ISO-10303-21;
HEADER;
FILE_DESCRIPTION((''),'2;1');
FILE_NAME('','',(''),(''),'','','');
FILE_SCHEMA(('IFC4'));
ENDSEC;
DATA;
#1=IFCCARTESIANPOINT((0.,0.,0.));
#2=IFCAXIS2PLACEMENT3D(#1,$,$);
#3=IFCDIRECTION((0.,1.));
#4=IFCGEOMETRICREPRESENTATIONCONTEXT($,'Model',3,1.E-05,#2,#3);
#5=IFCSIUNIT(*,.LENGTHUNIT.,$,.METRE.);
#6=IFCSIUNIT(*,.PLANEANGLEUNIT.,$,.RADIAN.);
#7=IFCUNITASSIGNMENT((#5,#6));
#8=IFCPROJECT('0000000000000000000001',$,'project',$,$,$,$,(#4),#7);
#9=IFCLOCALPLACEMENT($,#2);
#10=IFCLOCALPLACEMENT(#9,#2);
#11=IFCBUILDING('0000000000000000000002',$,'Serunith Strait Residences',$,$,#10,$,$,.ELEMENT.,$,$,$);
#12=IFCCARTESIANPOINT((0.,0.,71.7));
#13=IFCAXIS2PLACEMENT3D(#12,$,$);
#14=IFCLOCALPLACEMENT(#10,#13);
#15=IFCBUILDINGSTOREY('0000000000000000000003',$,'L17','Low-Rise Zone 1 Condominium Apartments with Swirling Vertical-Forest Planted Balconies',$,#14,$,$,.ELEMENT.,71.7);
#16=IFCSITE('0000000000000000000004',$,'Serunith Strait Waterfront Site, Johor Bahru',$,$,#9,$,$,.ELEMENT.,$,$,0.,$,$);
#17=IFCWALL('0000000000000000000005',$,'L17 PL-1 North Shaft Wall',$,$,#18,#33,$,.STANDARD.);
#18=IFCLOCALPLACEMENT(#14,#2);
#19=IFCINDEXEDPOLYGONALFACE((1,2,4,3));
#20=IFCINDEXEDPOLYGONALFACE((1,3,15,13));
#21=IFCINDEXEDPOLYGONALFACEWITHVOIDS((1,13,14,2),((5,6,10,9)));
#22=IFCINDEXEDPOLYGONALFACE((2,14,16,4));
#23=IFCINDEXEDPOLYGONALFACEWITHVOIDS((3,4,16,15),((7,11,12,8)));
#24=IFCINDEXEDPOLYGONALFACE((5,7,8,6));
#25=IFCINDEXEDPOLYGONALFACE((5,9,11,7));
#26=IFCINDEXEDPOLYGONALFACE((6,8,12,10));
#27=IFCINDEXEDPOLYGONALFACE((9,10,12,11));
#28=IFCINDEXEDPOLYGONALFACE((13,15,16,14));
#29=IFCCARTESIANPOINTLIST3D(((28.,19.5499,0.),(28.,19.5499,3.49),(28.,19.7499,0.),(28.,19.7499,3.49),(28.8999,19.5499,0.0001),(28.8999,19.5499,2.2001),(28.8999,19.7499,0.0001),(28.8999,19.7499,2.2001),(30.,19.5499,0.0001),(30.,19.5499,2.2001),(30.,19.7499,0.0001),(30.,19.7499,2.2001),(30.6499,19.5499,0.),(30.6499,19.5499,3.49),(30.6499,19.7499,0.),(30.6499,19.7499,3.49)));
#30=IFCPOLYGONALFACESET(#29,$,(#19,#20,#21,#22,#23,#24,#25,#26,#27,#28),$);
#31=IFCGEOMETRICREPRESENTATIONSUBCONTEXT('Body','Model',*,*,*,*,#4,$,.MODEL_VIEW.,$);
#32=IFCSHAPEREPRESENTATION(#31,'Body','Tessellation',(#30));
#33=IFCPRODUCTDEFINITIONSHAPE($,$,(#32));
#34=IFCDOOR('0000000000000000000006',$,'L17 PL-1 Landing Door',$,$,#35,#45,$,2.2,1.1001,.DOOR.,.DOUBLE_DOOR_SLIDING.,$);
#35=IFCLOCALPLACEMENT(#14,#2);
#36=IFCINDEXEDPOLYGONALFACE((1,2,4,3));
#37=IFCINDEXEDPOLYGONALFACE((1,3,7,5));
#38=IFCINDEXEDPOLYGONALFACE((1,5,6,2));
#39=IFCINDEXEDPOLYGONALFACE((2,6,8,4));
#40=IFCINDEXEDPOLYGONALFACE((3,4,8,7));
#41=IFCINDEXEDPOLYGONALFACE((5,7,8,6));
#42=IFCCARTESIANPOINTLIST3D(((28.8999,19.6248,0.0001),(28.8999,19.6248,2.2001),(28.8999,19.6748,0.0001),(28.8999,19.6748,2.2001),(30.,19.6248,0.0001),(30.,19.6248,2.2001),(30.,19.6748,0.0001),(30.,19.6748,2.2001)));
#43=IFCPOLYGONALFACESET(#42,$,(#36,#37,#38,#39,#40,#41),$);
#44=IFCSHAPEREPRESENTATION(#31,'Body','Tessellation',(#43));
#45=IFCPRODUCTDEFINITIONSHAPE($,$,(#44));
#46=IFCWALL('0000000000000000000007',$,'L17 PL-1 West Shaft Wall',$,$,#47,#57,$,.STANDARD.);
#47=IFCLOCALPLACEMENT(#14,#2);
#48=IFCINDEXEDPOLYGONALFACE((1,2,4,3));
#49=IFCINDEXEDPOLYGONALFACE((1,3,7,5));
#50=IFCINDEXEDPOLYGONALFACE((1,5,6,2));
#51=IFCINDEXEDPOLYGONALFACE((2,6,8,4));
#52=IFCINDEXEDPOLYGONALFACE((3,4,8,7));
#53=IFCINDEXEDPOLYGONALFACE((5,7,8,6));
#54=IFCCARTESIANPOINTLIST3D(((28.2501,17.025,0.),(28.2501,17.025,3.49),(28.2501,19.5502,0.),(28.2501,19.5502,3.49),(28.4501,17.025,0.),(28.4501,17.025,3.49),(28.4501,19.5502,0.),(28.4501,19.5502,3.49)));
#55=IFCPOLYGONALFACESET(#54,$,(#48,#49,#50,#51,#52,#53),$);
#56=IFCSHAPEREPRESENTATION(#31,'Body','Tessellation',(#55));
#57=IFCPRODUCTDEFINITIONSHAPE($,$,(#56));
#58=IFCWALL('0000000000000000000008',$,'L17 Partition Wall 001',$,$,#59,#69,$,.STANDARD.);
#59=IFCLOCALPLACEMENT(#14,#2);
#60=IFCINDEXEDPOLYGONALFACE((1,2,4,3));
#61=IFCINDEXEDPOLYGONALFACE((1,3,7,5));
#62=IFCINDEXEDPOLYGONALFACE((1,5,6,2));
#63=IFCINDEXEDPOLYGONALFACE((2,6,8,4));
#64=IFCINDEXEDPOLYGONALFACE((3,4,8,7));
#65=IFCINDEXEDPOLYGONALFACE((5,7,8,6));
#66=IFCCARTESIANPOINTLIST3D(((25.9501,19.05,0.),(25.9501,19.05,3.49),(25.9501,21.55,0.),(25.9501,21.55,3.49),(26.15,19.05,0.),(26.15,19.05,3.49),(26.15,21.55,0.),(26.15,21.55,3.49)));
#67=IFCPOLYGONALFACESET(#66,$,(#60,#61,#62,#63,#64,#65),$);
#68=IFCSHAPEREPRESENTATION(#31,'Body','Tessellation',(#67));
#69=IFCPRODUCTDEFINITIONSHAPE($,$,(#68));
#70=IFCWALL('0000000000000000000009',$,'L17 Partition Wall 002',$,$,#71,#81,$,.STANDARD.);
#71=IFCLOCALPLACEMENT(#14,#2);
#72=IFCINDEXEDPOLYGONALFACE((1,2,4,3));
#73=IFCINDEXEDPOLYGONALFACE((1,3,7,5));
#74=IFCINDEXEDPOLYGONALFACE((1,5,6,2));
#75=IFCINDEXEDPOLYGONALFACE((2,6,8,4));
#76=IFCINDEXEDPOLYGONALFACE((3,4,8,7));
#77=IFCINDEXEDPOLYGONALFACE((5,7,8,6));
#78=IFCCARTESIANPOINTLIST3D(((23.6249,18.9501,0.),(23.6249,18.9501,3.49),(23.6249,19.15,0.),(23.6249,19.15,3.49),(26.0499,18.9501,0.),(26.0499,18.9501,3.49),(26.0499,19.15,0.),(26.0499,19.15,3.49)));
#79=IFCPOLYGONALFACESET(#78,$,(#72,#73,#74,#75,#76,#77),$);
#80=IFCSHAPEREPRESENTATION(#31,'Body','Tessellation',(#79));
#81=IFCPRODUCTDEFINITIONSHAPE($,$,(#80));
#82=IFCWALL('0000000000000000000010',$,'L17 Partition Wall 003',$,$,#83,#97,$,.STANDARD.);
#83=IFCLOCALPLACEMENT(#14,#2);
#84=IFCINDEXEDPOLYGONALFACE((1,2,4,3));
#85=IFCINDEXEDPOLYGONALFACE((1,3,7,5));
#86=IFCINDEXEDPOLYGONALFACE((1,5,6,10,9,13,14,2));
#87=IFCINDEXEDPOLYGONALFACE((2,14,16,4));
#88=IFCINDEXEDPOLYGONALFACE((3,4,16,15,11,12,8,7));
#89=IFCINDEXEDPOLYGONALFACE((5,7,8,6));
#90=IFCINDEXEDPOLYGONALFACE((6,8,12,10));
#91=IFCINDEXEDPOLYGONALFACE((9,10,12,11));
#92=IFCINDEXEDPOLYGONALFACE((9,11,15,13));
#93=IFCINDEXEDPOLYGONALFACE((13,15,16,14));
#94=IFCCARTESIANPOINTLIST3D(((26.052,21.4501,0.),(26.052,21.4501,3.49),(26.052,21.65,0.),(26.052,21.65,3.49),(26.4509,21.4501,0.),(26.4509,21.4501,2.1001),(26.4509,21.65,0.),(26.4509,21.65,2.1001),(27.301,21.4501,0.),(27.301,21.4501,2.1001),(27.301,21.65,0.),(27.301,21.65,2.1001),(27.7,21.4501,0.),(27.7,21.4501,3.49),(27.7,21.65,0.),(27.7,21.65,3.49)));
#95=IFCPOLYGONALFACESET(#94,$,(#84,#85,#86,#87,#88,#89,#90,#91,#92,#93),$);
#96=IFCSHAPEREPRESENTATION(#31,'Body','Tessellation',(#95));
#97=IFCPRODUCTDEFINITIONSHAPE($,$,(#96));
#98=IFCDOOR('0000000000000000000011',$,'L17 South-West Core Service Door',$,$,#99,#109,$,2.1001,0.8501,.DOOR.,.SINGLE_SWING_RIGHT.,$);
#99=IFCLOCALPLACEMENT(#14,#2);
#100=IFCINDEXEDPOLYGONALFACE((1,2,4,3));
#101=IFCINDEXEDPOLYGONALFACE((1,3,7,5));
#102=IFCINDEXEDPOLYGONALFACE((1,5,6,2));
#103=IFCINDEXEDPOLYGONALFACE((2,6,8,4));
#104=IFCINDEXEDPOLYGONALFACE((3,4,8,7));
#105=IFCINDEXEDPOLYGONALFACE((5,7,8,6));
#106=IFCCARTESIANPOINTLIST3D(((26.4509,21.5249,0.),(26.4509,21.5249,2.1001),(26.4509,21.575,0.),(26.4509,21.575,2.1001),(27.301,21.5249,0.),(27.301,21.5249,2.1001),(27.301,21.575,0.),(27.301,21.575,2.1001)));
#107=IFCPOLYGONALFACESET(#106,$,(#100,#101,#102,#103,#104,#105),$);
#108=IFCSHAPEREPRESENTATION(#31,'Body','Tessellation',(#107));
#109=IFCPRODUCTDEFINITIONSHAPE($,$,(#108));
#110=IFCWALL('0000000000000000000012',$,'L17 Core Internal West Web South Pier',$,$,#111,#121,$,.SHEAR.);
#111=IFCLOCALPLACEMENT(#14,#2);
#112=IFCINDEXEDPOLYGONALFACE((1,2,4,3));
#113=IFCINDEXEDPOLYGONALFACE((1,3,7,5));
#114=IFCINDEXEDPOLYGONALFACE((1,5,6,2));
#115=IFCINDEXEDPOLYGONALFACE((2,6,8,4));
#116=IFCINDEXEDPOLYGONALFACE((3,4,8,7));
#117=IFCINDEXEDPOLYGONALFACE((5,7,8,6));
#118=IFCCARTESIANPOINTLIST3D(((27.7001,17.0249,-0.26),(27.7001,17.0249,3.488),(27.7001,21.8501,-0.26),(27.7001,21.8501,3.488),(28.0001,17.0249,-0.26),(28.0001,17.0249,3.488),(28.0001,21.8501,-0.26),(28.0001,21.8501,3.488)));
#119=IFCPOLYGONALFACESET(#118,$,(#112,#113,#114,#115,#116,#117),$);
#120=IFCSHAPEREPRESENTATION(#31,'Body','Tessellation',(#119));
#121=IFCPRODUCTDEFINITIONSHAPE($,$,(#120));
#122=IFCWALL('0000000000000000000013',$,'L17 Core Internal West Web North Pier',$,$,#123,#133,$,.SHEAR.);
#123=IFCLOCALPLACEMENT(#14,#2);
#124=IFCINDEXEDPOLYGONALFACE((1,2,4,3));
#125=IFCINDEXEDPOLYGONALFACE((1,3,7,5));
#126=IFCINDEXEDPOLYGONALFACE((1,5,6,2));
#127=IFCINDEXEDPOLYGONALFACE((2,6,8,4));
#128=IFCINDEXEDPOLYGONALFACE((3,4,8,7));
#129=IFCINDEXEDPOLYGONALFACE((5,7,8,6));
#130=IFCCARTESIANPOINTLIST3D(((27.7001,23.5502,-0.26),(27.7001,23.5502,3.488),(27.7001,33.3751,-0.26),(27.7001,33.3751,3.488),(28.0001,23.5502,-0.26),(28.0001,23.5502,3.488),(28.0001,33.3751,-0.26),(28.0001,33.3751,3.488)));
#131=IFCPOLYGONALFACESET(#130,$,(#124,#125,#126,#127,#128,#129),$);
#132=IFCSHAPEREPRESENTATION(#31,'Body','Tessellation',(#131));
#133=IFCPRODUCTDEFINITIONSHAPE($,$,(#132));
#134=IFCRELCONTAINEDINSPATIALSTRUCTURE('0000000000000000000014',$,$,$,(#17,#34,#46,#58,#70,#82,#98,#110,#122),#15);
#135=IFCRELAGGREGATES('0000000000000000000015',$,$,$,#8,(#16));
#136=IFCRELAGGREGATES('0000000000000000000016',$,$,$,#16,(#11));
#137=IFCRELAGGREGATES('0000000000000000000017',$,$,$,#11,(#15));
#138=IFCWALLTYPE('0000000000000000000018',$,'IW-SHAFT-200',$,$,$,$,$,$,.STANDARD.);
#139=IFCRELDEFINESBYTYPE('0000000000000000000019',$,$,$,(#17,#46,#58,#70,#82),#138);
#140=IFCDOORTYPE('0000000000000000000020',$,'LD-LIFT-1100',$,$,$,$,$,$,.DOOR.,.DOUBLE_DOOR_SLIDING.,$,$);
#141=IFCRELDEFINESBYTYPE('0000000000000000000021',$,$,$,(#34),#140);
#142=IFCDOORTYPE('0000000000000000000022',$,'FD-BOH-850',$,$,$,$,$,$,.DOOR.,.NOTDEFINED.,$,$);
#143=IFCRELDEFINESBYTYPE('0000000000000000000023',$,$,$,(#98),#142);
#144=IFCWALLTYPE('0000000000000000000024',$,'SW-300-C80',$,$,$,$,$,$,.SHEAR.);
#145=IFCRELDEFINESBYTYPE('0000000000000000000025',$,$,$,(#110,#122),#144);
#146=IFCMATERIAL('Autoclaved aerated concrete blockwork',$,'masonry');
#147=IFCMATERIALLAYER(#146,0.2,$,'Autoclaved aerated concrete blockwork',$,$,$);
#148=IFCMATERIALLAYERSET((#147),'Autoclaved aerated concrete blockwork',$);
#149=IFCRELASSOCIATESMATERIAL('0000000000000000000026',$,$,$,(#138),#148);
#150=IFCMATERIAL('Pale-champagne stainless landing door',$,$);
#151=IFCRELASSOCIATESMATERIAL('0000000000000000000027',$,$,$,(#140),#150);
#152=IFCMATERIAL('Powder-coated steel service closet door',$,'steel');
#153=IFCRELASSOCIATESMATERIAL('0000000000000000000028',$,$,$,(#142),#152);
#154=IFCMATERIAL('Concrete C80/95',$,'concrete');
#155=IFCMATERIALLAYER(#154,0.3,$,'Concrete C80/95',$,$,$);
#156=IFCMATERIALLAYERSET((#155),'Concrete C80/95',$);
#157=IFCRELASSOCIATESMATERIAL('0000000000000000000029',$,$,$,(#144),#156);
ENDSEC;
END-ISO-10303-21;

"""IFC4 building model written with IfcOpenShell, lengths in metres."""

from ifc_helpers import new_model, si_unit, direction, frame, frame_2d, origin, place, context, subcontext, project, spatial, rectangle, extrude, source, transform, mapped, material, layer, layer_set, type_object, element, fill, save


model = new_model("IFC4")

# Units and contexts
model_context = context("Model", 3, precision=1e-05, world=origin(), true_north=direction((0.0, 1.0)))
body_context = subcontext(model_context, "Body", "Model", "MODEL_VIEW")
ifc_project = project(units=[si_unit("LENGTHUNIT", "METRE"), si_unit("PLANEANGLEUNIT", "RADIAN")], contexts=[model_context])

# Site, building, storey
site_placement = place(None, origin())
site = spatial("IfcSite", under=ifc_project, at=site_placement, Name="Serunith Strait Waterfront Site, Johor Bahru", CompositionType="ELEMENT", RefElevation=0.0)
building_placement = place(site_placement, origin())
building = spatial("IfcBuilding", under=site, at=building_placement, Name="Serunith Strait Residences", CompositionType="ELEMENT")
storey_placement = place(building_placement, frame((0.0, 0.0, 71.7)))
storey = spatial("IfcBuildingStorey", under=building, at=storey_placement, Name="L17", Description="Low-Rise Zone 1 Condominium Apartments with Swirling Vertical-Forest Planted Balconies", CompositionType="ELEMENT", Elevation=71.7)

# Wall, opening, door
shared_shape_1 = source(origin(), body_context, "Body", "SweptSolid", [
    extrude(rectangle(XDim=0.8501, YDim=2.1001, at=frame_2d((0.425, 1.05))), frame((0.0, 0.0249, 0.0), z_axis=(0.0, -1.0, 0.0), x_axis=(1.0, 0.0, 0.0)), (0.0, 0.0, 1.0), 0.05),
])
ifc_material_1 = material(Name="Autoclaved aerated concrete blockwork", Category="masonry")
ifc_layer_1 = layer(ifc_material_1, 0.2, Name="Autoclaved aerated concrete blockwork")
ifc_layer_set_1 = layer_set([ifc_layer_1], Name="Autoclaved aerated concrete blockwork")
wall_type_1 = type_object("IfcWallType", Name="IW-SHAFT-200", PredefinedType="STANDARD", material=ifc_layer_set_1)
wall_1_placement = place(storey_placement, frame((28.0, 19.6499, 0.0), z_axis=(0.0, 0.0, 1.0), x_axis=(1.0, 0.0, 0.0)))
wall_1 = element("IfcWall", 1, at=wall_1_placement, inside=storey, type_object=wall_type_1, Name="L17 PL-1 North Shaft Wall", PredefinedType="STANDARD", context=body_context, shape_type="SweptSolid", body=[
    extrude(rectangle(XDim=2.6499, YDim=0.2, at=frame_2d((1.325, 0.0))), origin(), (0.0, 0.0, 1.0), 3.49),
])
opening_1_placement = place(wall_1_placement, frame((0.8999, 0.0, 0.0)))
opening_1 = element("IfcOpeningElement", 2, at=opening_1_placement, cuts=wall_1, PredefinedType="OPENING", context=body_context, shape_type="SweptSolid", body=[
    extrude(rectangle(XDim=1.1001, YDim=2.2, at=frame_2d((0.55, 1.1001))), frame((0.0, 0.1099, 0.0), z_axis=(0.0, -1.0, 0.0), x_axis=(1.0, 0.0, 0.0)), (0.0, 0.0, 1.0), 0.22),
])
ifc_material_2 = material(Name="Pale-champagne stainless landing door")
door_type_1 = type_object("IfcDoorType", Name="LD-LIFT-1100", OperationType="DOUBLE_DOOR_SLIDING", PredefinedType="DOOR", material=ifc_material_2)
shared_shape_2 = source(origin(), body_context, "Body", "SweptSolid", [
    extrude(rectangle(XDim=1.1001, YDim=2.2, at=frame_2d((0.55, 1.1001))), frame((0.0, 0.0249, 0.0), z_axis=(0.0, -1.0, 0.0), x_axis=(1.0, 0.0, 0.0)), (0.0, 0.0, 1.0), 0.05),
])
door_1_placement = place(opening_1_placement, origin())
door_1 = element("IfcDoor", 3, at=door_1_placement, inside=storey, type_object=door_type_1, Name="L17 PL-1 Landing Door", OperationType="DOUBLE_DOOR_SLIDING", OverallHeight=2.2, OverallWidth=1.1001, PredefinedType="DOOR", context=body_context, shape_type="MappedRepresentation", body=[
    mapped(shared_shape_2, transform((0.0, 0.0, 0.0), scale=1.0)),
])
fill(opening_1, door_1)

# Walls
wall_2_placement = place(storey_placement, frame((28.3501, 17.0249, 0.0), z_axis=(0.0, 0.0, 1.0), x_axis=(0.0, 1.0, 0.0)))
element("IfcWall", 4, at=wall_2_placement, inside=storey, type_object=wall_type_1, Name="L17 PL-1 West Shaft Wall", PredefinedType="STANDARD", context=body_context, shape_type="SweptSolid", body=[
    extrude(rectangle(XDim=2.5251, YDim=0.2, at=frame_2d((1.2627, 0.0))), origin(), (0.0, 0.0, 1.0), 3.49),
])
wall_3_placement = place(storey_placement, frame((26.05, 19.05, 0.0), z_axis=(0.0, 0.0, 1.0), x_axis=(0.0, 1.0, 0.0)))
element("IfcWall", 5, at=wall_3_placement, inside=storey, type_object=wall_type_1, Name="L17 Partition Wall 001", PredefinedType="STANDARD", context=body_context, shape_type="SweptSolid", body=[
    extrude(rectangle(XDim=2.5, YDim=0.2, at=frame_2d((1.25, 0.0))), origin(), (0.0, 0.0, 1.0), 3.49),
])
wall_4_placement = place(storey_placement, frame((23.625, 19.05, 0.0), z_axis=(0.0, 0.0, 1.0), x_axis=(1.0, 0.0, 0.0)))
element("IfcWall", 6, at=wall_4_placement, inside=storey, type_object=wall_type_1, Name="L17 Partition Wall 002", PredefinedType="STANDARD", context=body_context, shape_type="SweptSolid", body=[
    extrude(rectangle(XDim=2.425, YDim=0.2, at=frame_2d((1.2124, 0.0))), origin(), (0.0, 0.0, 1.0), 3.49),
])

# Wall, opening, door
wall_5_placement = place(storey_placement, frame((26.052, 21.55, 0.0), z_axis=(0.0, 0.0, 1.0), x_axis=(1.0, 0.0, 0.0)))
wall_5 = element("IfcWall", 7, at=wall_5_placement, inside=storey, type_object=wall_type_1, Name="L17 Partition Wall 003", PredefinedType="STANDARD", context=body_context, shape_type="SweptSolid", body=[
    extrude(rectangle(XDim=1.6479, YDim=0.2, at=frame_2d((0.824, 0.0))), origin(), (0.0, 0.0, 1.0), 3.49),
])
opening_2_placement = place(wall_5_placement, frame((0.3989, 0.0, 0.0)))
opening_2 = element("IfcOpeningElement", 8, at=opening_2_placement, cuts=wall_5, PredefinedType="OPENING", context=body_context, shape_type="SweptSolid", body=[
    extrude(rectangle(XDim=0.8501, YDim=2.1001, at=frame_2d((0.425, 1.05))), frame((0.0, 0.1099, 0.0), z_axis=(0.0, -1.0, 0.0), x_axis=(1.0, 0.0, 0.0)), (0.0, 0.0, 1.0), 0.22),
])
ifc_material_3 = material(Name="Powder-coated steel service closet door", Category="steel")
door_type_2 = type_object("IfcDoorType", Name="FD-BOH-850", OperationType="NOTDEFINED", PredefinedType="DOOR", material=ifc_material_3)
door_2_placement = place(opening_2_placement, origin())
door_2 = element("IfcDoor", 9, at=door_2_placement, inside=storey, type_object=door_type_2, Name="L17 South-West Core Service Door", OperationType="SINGLE_SWING_RIGHT", OverallHeight=2.1001, OverallWidth=0.8501, PredefinedType="DOOR", context=body_context, shape_type="MappedRepresentation", body=[
    mapped(shared_shape_1, transform((0.0, 0.0, 0.0), scale=1.0)),
])
fill(opening_2, door_2)

# Walls
ifc_material_4 = material(Name="Concrete C80/95", Category="concrete")
ifc_layer_2 = layer(ifc_material_4, 0.3, Name="Concrete C80/95")
ifc_layer_set_2 = layer_set([ifc_layer_2], Name="Concrete C80/95")
wall_type_2 = type_object("IfcWallType", Name="SW-300-C80", PredefinedType="SHEAR", material=ifc_layer_set_2)
wall_6_placement = place(storey_placement, frame((27.8501, 17.0249, -0.26), z_axis=(0.0, 0.0, 1.0), x_axis=(0.0, 1.0, 0.0)))
element("IfcWall", 10, at=wall_6_placement, inside=storey, type_object=wall_type_2, Name="L17 Core Internal West Web South Pier", PredefinedType="SHEAR", context=body_context, shape_type="SweptSolid", body=[
    extrude(rectangle(XDim=4.8252, YDim=0.3, at=frame_2d((2.4126, 0.0))), origin(), (0.0, 0.0, 1.0), 3.748),
])
wall_7_placement = place(storey_placement, frame((27.8501, 23.55, -0.26), z_axis=(0.0, 0.0, 1.0), x_axis=(0.0, 1.0, 0.0)))
element("IfcWall", 11, at=wall_7_placement, inside=storey, type_object=wall_type_2, Name="L17 Core Internal West Web North Pier", PredefinedType="SHEAR", context=body_context, shape_type="SweptSolid", body=[
    extrude(rectangle(XDim=9.825, YDim=0.3, at=frame_2d((4.9126, 0.0))), origin(), (0.0, 0.0, 1.0), 3.748),
])

save(model, "model.ifc")
